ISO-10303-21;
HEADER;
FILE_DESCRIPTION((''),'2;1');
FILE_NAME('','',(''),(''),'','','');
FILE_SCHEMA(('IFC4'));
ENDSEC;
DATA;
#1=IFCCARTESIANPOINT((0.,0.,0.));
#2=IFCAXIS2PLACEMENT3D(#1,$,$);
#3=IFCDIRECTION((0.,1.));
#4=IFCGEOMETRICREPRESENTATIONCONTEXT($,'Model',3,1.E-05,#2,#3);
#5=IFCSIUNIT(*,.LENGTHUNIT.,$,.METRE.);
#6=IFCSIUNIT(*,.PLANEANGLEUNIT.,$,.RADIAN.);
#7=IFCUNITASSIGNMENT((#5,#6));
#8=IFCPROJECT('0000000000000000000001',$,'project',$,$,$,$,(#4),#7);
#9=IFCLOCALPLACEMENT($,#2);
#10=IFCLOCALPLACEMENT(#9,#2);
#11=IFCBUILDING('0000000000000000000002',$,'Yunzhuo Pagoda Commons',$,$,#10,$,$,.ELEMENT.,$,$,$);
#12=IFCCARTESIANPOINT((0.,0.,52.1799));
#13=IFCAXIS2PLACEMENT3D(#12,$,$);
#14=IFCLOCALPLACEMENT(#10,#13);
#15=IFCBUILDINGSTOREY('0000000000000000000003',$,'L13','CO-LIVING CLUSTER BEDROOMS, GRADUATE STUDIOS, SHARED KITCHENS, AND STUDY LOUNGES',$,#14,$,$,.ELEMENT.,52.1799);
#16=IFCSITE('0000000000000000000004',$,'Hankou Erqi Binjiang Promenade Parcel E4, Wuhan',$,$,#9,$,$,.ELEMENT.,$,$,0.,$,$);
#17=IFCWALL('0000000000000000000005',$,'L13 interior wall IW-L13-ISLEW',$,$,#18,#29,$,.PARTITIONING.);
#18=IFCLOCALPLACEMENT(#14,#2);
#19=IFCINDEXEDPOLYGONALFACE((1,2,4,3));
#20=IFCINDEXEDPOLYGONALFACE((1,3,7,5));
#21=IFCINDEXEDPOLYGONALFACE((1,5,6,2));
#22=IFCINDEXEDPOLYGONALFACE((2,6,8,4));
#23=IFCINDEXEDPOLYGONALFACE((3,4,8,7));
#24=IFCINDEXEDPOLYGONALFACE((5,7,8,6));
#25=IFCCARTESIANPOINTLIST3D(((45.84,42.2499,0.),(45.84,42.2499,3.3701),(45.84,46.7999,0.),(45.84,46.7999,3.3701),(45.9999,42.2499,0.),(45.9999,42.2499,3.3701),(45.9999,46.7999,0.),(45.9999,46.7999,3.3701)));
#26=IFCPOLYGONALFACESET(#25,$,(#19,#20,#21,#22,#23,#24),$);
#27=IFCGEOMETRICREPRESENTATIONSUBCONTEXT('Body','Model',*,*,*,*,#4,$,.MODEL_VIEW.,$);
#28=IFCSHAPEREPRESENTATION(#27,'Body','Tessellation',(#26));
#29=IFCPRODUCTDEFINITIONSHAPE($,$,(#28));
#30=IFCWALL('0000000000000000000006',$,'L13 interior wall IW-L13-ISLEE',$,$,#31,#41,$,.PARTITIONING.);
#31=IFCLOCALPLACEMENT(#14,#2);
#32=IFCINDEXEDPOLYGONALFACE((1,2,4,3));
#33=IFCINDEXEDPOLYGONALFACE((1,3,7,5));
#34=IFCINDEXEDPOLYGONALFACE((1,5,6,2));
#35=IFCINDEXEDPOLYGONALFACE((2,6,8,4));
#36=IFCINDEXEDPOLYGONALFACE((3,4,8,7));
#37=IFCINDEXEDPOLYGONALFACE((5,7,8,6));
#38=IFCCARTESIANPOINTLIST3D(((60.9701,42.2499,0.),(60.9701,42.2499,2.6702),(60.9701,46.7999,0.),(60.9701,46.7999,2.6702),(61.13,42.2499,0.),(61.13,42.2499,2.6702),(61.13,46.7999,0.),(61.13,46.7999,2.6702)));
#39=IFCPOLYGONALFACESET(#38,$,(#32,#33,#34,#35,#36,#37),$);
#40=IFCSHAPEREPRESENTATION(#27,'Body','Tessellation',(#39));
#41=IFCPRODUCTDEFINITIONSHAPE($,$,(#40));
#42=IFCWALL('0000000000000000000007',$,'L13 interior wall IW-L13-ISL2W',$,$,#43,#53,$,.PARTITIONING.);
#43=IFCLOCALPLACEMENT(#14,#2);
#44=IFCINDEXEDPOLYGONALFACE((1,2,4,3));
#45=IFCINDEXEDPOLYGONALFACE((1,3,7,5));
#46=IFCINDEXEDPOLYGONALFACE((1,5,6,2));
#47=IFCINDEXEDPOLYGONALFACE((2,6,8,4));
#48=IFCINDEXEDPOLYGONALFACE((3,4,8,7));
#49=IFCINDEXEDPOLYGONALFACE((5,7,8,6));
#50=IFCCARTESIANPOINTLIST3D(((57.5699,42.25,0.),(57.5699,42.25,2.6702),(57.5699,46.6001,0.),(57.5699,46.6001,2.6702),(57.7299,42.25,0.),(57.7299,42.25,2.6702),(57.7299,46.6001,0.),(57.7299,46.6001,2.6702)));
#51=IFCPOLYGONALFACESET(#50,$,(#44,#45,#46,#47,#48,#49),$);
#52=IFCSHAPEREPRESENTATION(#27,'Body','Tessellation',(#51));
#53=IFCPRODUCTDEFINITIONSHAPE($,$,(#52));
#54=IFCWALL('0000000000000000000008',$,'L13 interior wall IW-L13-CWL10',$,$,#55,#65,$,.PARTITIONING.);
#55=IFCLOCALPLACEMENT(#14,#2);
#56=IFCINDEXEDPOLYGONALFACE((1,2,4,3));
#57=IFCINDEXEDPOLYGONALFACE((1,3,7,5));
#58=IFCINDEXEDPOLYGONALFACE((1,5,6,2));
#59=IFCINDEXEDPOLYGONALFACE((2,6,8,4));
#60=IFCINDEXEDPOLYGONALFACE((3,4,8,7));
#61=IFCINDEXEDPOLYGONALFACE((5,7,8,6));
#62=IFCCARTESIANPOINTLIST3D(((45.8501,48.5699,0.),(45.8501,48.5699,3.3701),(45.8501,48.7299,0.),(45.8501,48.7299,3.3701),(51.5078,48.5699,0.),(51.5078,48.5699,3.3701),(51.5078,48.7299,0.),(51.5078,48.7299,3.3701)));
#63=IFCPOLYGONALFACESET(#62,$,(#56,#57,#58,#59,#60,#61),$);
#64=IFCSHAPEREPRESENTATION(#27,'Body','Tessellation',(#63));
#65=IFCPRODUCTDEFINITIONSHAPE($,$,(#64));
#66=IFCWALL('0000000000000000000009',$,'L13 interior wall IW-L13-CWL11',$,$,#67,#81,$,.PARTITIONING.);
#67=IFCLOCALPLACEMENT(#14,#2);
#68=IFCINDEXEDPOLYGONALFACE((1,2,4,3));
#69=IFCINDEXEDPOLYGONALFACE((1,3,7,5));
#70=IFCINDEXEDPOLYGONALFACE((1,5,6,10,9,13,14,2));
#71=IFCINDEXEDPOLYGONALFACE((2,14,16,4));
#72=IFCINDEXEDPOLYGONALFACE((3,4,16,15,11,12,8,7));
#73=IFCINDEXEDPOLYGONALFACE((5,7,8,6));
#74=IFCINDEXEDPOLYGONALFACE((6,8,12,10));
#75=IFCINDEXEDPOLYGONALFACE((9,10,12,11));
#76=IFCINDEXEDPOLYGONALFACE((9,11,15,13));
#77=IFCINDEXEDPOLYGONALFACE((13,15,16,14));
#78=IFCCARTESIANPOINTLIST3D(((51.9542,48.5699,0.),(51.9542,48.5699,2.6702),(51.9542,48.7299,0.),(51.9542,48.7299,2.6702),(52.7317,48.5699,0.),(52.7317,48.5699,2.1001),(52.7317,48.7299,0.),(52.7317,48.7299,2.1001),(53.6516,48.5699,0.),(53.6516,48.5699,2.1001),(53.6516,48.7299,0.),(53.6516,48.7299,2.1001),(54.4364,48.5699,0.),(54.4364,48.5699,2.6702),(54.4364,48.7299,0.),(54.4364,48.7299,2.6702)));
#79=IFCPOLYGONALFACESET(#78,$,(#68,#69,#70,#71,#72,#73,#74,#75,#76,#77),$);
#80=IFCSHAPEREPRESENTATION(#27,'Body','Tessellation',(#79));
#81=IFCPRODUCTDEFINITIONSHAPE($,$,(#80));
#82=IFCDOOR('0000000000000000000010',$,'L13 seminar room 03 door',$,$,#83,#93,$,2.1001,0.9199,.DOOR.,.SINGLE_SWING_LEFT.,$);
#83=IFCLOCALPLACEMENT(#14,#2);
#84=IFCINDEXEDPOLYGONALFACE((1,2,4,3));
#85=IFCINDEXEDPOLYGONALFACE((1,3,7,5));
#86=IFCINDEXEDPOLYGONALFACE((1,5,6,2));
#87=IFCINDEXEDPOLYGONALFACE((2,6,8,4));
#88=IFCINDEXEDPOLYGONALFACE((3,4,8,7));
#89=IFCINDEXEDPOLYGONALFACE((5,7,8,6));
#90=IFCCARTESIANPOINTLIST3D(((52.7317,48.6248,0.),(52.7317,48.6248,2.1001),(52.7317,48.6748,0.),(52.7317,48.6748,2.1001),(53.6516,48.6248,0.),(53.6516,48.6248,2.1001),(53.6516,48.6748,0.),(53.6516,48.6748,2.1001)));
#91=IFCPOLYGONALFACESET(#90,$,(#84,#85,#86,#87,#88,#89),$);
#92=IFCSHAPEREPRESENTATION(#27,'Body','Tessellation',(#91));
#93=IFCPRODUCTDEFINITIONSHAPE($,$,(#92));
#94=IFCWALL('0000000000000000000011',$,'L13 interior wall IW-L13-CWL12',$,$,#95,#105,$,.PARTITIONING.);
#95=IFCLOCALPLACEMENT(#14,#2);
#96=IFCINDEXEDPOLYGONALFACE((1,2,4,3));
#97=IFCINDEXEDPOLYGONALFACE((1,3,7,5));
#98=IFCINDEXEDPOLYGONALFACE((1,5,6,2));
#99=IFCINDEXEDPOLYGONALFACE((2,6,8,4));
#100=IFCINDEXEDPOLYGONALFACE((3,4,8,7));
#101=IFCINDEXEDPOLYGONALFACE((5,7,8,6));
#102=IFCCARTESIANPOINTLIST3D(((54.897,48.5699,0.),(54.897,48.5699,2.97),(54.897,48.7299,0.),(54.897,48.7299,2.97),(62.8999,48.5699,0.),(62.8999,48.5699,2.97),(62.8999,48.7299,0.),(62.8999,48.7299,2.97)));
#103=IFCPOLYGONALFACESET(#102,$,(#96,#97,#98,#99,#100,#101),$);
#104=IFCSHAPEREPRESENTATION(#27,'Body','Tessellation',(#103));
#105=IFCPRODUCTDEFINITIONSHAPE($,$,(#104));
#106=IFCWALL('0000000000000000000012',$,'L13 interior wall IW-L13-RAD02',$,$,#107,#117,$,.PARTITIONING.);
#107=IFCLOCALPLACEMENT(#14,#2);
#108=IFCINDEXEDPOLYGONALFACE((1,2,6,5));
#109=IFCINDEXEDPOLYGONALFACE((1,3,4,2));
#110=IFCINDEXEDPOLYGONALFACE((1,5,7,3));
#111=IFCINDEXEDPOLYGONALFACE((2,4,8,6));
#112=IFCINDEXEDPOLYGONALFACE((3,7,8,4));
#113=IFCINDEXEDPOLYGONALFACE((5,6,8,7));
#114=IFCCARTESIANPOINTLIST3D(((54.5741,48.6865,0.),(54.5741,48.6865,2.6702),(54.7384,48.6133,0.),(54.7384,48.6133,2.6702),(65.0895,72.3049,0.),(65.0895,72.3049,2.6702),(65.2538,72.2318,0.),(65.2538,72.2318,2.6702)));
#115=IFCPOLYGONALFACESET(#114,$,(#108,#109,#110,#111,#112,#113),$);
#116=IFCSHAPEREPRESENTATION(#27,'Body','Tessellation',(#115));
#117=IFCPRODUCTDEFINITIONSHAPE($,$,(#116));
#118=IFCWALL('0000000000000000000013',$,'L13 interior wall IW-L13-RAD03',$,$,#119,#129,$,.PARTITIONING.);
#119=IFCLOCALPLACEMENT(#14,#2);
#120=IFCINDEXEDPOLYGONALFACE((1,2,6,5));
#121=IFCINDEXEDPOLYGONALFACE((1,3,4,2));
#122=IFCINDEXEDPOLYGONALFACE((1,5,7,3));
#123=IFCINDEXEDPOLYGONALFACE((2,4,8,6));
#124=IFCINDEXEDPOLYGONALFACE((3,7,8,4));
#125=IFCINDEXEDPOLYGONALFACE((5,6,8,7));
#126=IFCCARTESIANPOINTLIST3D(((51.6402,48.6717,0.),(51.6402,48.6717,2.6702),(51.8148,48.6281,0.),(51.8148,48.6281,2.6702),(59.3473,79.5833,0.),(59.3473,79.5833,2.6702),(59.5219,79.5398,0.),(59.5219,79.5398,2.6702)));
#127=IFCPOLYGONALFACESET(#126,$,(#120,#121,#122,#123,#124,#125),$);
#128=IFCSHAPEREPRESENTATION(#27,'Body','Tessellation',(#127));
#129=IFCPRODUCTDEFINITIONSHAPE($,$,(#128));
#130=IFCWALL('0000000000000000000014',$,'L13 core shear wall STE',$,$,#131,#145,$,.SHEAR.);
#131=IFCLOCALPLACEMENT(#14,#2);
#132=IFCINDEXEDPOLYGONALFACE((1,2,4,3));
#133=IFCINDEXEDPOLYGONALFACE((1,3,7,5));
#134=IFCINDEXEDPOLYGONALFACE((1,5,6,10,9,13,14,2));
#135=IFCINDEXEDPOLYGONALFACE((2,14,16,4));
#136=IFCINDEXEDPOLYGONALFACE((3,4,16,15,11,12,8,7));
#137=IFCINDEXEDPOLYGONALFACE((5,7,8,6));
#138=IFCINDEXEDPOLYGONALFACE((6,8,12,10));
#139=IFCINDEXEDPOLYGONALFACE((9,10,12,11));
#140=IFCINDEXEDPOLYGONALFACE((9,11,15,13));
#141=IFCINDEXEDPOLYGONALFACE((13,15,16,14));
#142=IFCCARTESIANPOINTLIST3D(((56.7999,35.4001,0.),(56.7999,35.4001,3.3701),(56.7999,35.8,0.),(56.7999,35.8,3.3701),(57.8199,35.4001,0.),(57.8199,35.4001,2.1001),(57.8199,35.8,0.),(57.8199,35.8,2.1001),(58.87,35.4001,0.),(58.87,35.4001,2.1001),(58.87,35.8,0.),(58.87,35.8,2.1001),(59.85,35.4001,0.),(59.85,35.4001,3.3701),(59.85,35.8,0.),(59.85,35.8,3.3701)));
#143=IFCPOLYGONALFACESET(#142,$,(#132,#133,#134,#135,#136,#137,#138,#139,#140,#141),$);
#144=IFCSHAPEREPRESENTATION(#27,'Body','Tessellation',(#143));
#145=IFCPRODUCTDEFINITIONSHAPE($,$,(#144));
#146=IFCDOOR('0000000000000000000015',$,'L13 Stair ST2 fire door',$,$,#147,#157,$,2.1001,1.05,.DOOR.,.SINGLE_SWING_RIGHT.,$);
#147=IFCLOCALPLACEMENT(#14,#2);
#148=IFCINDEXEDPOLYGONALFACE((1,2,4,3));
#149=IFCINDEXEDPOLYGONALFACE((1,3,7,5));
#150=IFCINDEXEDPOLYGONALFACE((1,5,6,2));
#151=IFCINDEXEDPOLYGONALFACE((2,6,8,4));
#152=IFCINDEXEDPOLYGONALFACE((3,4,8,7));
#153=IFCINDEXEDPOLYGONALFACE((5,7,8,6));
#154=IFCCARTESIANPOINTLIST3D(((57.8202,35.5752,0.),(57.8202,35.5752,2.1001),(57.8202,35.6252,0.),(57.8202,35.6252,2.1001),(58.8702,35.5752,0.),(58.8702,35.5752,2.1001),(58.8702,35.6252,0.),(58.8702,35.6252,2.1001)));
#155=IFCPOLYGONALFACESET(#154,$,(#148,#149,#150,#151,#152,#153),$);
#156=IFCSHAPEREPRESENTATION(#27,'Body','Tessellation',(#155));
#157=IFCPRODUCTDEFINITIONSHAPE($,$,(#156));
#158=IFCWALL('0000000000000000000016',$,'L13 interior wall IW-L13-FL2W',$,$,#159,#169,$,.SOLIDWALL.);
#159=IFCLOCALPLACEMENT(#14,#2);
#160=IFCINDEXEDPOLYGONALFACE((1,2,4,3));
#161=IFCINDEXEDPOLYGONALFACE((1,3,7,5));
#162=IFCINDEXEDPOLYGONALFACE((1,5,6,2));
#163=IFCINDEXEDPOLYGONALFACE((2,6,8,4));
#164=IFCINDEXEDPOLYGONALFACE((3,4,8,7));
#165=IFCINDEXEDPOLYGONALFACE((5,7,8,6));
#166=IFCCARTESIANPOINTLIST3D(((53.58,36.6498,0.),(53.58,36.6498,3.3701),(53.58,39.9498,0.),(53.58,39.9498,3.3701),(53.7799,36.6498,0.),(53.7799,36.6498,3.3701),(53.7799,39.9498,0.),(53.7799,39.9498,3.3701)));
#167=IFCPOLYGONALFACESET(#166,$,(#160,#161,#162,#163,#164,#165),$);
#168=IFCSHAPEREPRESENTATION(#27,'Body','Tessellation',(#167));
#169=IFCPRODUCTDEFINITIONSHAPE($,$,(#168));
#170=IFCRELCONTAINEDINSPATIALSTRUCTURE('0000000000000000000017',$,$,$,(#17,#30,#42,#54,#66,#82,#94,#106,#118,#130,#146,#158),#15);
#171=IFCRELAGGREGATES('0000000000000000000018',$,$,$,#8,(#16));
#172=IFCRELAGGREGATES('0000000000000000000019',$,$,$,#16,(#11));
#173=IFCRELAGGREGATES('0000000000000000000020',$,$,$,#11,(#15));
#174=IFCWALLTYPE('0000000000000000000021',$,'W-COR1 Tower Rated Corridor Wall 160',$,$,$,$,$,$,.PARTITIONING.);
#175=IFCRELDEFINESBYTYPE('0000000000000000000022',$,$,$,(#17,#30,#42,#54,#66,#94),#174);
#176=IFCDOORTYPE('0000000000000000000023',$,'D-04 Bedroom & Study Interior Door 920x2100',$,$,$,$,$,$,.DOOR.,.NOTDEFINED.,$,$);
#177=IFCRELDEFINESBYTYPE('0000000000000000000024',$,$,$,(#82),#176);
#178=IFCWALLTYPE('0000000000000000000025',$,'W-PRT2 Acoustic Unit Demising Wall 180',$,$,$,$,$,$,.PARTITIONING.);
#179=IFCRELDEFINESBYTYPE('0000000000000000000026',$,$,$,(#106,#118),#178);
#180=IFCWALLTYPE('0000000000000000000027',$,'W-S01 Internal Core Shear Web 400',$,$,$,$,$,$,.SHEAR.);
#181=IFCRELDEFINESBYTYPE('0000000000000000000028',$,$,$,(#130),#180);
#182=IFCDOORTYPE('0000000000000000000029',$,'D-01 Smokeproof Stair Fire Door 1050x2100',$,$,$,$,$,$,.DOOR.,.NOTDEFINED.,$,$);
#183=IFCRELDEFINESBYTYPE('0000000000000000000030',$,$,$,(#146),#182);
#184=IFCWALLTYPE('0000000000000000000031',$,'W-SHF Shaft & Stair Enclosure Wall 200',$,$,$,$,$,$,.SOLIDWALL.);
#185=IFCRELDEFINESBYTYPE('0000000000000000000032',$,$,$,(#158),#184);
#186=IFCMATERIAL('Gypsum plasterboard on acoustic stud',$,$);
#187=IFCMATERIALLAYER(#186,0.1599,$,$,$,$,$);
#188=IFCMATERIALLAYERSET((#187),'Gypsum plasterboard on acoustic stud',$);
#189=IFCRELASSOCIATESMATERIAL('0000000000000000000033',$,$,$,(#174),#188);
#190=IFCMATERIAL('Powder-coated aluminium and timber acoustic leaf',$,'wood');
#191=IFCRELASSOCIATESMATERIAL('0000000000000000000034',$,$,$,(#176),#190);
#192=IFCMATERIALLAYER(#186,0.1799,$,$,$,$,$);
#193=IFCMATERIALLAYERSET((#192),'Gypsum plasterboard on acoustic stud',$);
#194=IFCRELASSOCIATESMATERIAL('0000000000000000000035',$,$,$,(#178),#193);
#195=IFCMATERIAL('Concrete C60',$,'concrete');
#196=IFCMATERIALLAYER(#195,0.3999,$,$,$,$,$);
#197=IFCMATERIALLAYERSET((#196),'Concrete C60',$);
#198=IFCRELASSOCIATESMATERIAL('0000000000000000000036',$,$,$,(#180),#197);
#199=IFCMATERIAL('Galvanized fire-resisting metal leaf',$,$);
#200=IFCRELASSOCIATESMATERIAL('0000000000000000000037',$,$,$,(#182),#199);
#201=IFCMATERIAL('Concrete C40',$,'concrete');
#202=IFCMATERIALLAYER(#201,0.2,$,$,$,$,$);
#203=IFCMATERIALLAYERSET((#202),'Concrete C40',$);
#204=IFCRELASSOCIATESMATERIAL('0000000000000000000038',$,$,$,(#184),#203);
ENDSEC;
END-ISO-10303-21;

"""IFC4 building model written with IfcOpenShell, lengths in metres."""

from ifc_helpers import new_model, si_unit, direction, frame, frame_2d, origin, origin_with_axes, place, context, subcontext, project, spatial, rectangle, extrude, source, transform, mapped, material, layer, layer_set, type_object, element, fill, save


model = new_model("IFC4")

# Units and contexts
model_context = context("Model", 3, precision=1e-05, world=origin(), true_north=direction((0.0, 1.0)))
body_context = subcontext(model_context, "Body", "Model", "MODEL_VIEW")
ifc_project = project(units=[si_unit("LENGTHUNIT", "METRE"), si_unit("PLANEANGLEUNIT", "RADIAN")], contexts=[model_context])

# Site, building, storey
site_placement = place(None, origin())
site = spatial("IfcSite", under=ifc_project, at=site_placement, Name="Hankou Erqi Binjiang Promenade Parcel E4, Wuhan", CompositionType="ELEMENT", RefElevation=0.0)
building_placement = place(site_placement, origin())
building = spatial("IfcBuilding", under=site, at=building_placement, Name="Yunzhuo Pagoda Commons", CompositionType="ELEMENT")
storey_placement = place(building_placement, frame((0.0, 0.0, 52.1799)))
storey = spatial("IfcBuildingStorey", under=building, at=storey_placement, Name="L13", Description="CO-LIVING CLUSTER BEDROOMS, GRADUATE STUDIOS, SHARED KITCHENS, AND STUDY LOUNGES", CompositionType="ELEMENT", Elevation=52.1799)

# Shared definitions
ifc_material_1 = material(Name="Concrete C60", Category="concrete")
ifc_material_2 = material(Name="Galvanized fire-resisting metal leaf")
shared_shape_1 = source(origin(), body_context, "Body", "SweptSolid", [
    extrude(rectangle(XDim=1.05, YDim=2.1001, at=frame_2d((0.5249, 1.05))), frame((0.0, 0.0249, 0.0), z_axis=(0.0, -1.0, 0.0), x_axis=(1.0, 0.0, 0.0)), (0.0, 0.0, 1.0), 0.05),
])

# Shared definitions
ifc_material_3 = material(Name="Gypsum plasterboard on acoustic stud")
ifc_layer_1 = layer(ifc_material_3, 0.1599)
ifc_layer_set_1 = layer_set([ifc_layer_1], Name="Gypsum plasterboard on acoustic stud")
wall_type_1 = type_object("IfcWallType", Name="W-COR1 Tower Rated Corridor Wall 160", PredefinedType="PARTITIONING", material=ifc_layer_set_1)
ifc_material_4 = material(Name="Powder-coated aluminium and timber acoustic leaf", Category="wood")
door_type_1 = type_object("IfcDoorType", Name="D-04 Bedroom & Study Interior Door 920x2100", OperationType="NOTDEFINED", PredefinedType="DOOR", material=ifc_material_4)
shared_shape_2 = source(origin(), body_context, "Body", "SweptSolid", [
    extrude(rectangle(XDim=0.9199, YDim=2.1001, at=frame_2d((0.46, 1.05))), frame((0.0, 0.0249, 0.0), z_axis=(0.0, -1.0, 0.0), x_axis=(1.0, 0.0, 0.0)), (0.0, 0.0, 1.0), 0.05),
])

# Walls
wall_1_placement = place(storey_placement, frame((45.9199, 42.25, 0.0), z_axis=(0.0, 0.0, 1.0), x_axis=(0.0, 1.0, 0.0)))
element("IfcWall", 1, at=wall_1_placement, inside=storey, type_object=wall_type_1, Name="L13 interior wall IW-L13-ISLEW", PredefinedType="PARTITIONING", context=body_context, shape_type="SweptSolid", body=[
    extrude(rectangle(XDim=4.55, YDim=0.1599, at=frame_2d((2.2749, 0.0))), origin(), (0.0, 0.0, 1.0), 3.3701),
])
wall_2_placement = place(storey_placement, frame((61.05, 42.25, 0.0), z_axis=(0.0, 0.0, 1.0), x_axis=(0.0, 1.0, 0.0)))
element("IfcWall", 2, at=wall_2_placement, inside=storey, type_object=wall_type_1, Name="L13 interior wall IW-L13-ISLEE", PredefinedType="PARTITIONING", context=body_context, shape_type="SweptSolid", body=[
    extrude(rectangle(XDim=4.55, YDim=0.1599, at=frame_2d((2.2749, 0.0))), origin(), (0.0, 0.0, 1.0), 2.6702),
])
wall_3_placement = place(storey_placement, frame((57.6499, 42.25, 0.0), z_axis=(0.0, 0.0, 1.0), x_axis=(0.0, 1.0, 0.0)))
element("IfcWall", 3, at=wall_3_placement, inside=storey, type_object=wall_type_1, Name="L13 interior wall IW-L13-ISL2W", PredefinedType="PARTITIONING", context=body_context, shape_type="SweptSolid", body=[
    extrude(rectangle(XDim=4.3501, YDim=0.1599, at=frame_2d((2.175, 0.0))), origin(), (0.0, 0.0, 1.0), 2.6702),
])
wall_4_placement = place(storey_placement, frame((45.8501, 48.6499, 0.0), z_axis=(0.0, 0.0, 1.0), x_axis=(1.0, 0.0, 0.0)))
element("IfcWall", 4, at=wall_4_placement, inside=storey, type_object=wall_type_1, Name="L13 interior wall IW-L13-CWL10", PredefinedType="PARTITIONING", context=body_context, shape_type="SweptSolid", body=[
    extrude(rectangle(XDim=5.6577, YDim=0.1599, at=frame_2d((2.8289, 0.0))), origin(), (0.0, 0.0, 1.0), 3.3701),
])

# Wall, opening, door
wall_5_placement = place(storey_placement, frame((51.9541, 48.6499, 0.0), z_axis=(0.0, 0.0, 1.0), x_axis=(1.0, 0.0, 0.0)))
wall_5 = element("IfcWall", 5, at=wall_5_placement, inside=storey, type_object=wall_type_1, Name="L13 interior wall IW-L13-CWL11", PredefinedType="PARTITIONING", context=body_context, shape_type="SweptSolid", body=[
    extrude(rectangle(XDim=2.4822, YDim=0.1599, at=frame_2d((1.2412, 0.0))), origin(), (0.0, 0.0, 1.0), 2.6702),
])
opening_1_placement = place(wall_5_placement, frame((0.7776, 0.0, 0.0)))
opening_1 = element("IfcOpeningElement", 6, at=opening_1_placement, cuts=wall_5, PredefinedType="OPENING", context=body_context, shape_type="SweptSolid", body=[
    extrude(rectangle(XDim=0.9199, YDim=2.1001, at=frame_2d((0.46, 1.05))), frame((0.0, 0.0898, 0.0), z_axis=(0.0, -1.0, 0.0), x_axis=(1.0, 0.0, 0.0)), (0.0, 0.0, 1.0), 0.1799),
])
door_1_placement = place(opening_1_placement, origin_with_axes())
door_1 = element("IfcDoor", 7, at=door_1_placement, inside=storey, type_object=door_type_1, Name="L13 seminar room 03 door", OperationType="SINGLE_SWING_LEFT", OverallHeight=2.1001, OverallWidth=0.9199, PredefinedType="DOOR", context=body_context, shape_type="MappedRepresentation", body=[
    mapped(shared_shape_2, transform((0.0, 0.0, 0.0), scale=1.0)),
])
fill(opening_1, door_1)

# Walls
wall_6_placement = place(storey_placement, frame((54.897, 48.6499, 0.0), z_axis=(0.0, 0.0, 1.0), x_axis=(1.0, 0.0, 0.0)))
element("IfcWall", 8, at=wall_6_placement, inside=storey, type_object=wall_type_1, Name="L13 interior wall IW-L13-CWL12", PredefinedType="PARTITIONING", context=body_context, shape_type="SweptSolid", body=[
    extrude(rectangle(XDim=8.0029, YDim=0.1599, at=frame_2d((4.0015, 0.0))), origin(), (0.0, 0.0, 1.0), 2.97),
])
ifc_layer_2 = layer(ifc_material_3, 0.1799)
ifc_layer_set_2 = layer_set([ifc_layer_2], Name="Gypsum plasterboard on acoustic stud")
wall_type_2 = type_object("IfcWallType", Name="W-PRT2 Acoustic Unit Demising Wall 180", PredefinedType="PARTITIONING", material=ifc_layer_set_2)
wall_7_placement = place(storey_placement, frame((54.6562, 48.6499, 0.0), z_axis=(0.0, 0.0, 1.0), x_axis=(0.40673, 0.913549, 0.0)))
element("IfcWall", 9, at=wall_7_placement, inside=storey, type_object=wall_type_2, Name="L13 interior wall IW-L13-RAD02", PredefinedType="PARTITIONING", context=body_context, shape_type="SweptSolid", body=[
    extrude(rectangle(XDim=25.8535, YDim=0.1799, at=frame_2d((12.9268, 0.0))), origin(), (0.0, 0.0, 1.0), 2.6702),
])
wall_8_placement = place(storey_placement, frame((51.7275, 48.6499, 0.0), z_axis=(0.0, 0.0, 1.0), x_axis=(0.241919, 0.970296, 0.0)))
element("IfcWall", 10, at=wall_8_placement, inside=storey, type_object=wall_type_2, Name="L13 interior wall IW-L13-RAD03", PredefinedType="PARTITIONING", context=body_context, shape_type="SweptSolid", body=[
    extrude(rectangle(XDim=31.8579, YDim=0.1799, at=frame_2d((15.929, 0.0))), origin(), (0.0, 0.0, 1.0), 2.6702),
])

# Wall, opening, door
ifc_layer_3 = layer(ifc_material_1, 0.3999)
ifc_layer_set_3 = layer_set([ifc_layer_3], Name="Concrete C60")
wall_type_3 = type_object("IfcWallType", Name="W-S01 Internal Core Shear Web 400", PredefinedType="SHEAR", material=ifc_layer_set_3)
wall_9_placement = place(storey_placement, frame((56.8, 35.6001, 0.0), z_axis=(0.0, 0.0, 1.0), x_axis=(1.0, 0.0, 0.0)))
wall_9 = element("IfcWall", 11, at=wall_9_placement, inside=storey, type_object=wall_type_3, Name="L13 core shear wall STE", PredefinedType="SHEAR", context=body_context, shape_type="SweptSolid", body=[
    extrude(rectangle(XDim=3.05, YDim=0.3999, at=frame_2d((1.5249, 0.0))), origin(), (0.0, 0.0, 1.0), 3.3701),
])
opening_2_placement = place(wall_9_placement, frame((1.02, 0.0, 0.0)))
opening_2 = element("IfcOpeningElement", 12, at=opening_2_placement, cuts=wall_9, PredefinedType="OPENING", context=body_context, shape_type="SweptSolid", body=[
    extrude(rectangle(XDim=1.05, YDim=2.1001, at=frame_2d((0.5249, 1.05))), frame((0.0, 0.21, 0.0), z_axis=(0.0, -1.0, 0.0), x_axis=(1.0, 0.0, 0.0)), (0.0, 0.0, 1.0), 0.4199),
])
door_type_2 = type_object("IfcDoorType", Name="D-01 Smokeproof Stair Fire Door 1050x2100", OperationType="NOTDEFINED", PredefinedType="DOOR", material=ifc_material_2)
door_2_placement = place(opening_2_placement, frame((1.05, 0.0, 0.0), z_axis=(0.0, 0.0, 1.0), x_axis=(-1.0, 0.0, 0.0)))
door_2 = element("IfcDoor", 13, at=door_2_placement, inside=storey, type_object=door_type_2, Name="L13 Stair ST2 fire door", OperationType="SINGLE_SWING_RIGHT", OverallHeight=2.1001, OverallWidth=1.05, PredefinedType="DOOR", context=body_context, shape_type="MappedRepresentation", body=[
    mapped(shared_shape_1, transform((0.0, 0.0, 0.0), scale=1.0)),
])
fill(opening_2, door_2)

# Wall
ifc_material_5 = material(Name="Concrete C40", Category="concrete")
ifc_layer_4 = layer(ifc_material_5, 0.2)
ifc_layer_set_4 = layer_set([ifc_layer_4], Name="Concrete C40")
wall_type_4 = type_object("IfcWallType", Name="W-SHF Shaft & Stair Enclosure Wall 200", PredefinedType="SOLIDWALL", material=ifc_layer_set_4)
wall_10_placement = place(storey_placement, frame((53.6799, 36.6499, 0.0), z_axis=(0.0, 0.0, 1.0), x_axis=(0.0, 1.0, 0.0)))
element("IfcWall", 14, at=wall_10_placement, inside=storey, type_object=wall_type_4, Name="L13 interior wall IW-L13-FL2W", PredefinedType="SOLIDWALL", context=body_context, shape_type="SweptSolid", body=[
    extrude(rectangle(XDim=3.3, YDim=0.2, at=frame_2d((1.6499, 0.0))), origin(), (0.0, 0.0, 1.0), 3.3701),
])

save(model, "model.ifc")
